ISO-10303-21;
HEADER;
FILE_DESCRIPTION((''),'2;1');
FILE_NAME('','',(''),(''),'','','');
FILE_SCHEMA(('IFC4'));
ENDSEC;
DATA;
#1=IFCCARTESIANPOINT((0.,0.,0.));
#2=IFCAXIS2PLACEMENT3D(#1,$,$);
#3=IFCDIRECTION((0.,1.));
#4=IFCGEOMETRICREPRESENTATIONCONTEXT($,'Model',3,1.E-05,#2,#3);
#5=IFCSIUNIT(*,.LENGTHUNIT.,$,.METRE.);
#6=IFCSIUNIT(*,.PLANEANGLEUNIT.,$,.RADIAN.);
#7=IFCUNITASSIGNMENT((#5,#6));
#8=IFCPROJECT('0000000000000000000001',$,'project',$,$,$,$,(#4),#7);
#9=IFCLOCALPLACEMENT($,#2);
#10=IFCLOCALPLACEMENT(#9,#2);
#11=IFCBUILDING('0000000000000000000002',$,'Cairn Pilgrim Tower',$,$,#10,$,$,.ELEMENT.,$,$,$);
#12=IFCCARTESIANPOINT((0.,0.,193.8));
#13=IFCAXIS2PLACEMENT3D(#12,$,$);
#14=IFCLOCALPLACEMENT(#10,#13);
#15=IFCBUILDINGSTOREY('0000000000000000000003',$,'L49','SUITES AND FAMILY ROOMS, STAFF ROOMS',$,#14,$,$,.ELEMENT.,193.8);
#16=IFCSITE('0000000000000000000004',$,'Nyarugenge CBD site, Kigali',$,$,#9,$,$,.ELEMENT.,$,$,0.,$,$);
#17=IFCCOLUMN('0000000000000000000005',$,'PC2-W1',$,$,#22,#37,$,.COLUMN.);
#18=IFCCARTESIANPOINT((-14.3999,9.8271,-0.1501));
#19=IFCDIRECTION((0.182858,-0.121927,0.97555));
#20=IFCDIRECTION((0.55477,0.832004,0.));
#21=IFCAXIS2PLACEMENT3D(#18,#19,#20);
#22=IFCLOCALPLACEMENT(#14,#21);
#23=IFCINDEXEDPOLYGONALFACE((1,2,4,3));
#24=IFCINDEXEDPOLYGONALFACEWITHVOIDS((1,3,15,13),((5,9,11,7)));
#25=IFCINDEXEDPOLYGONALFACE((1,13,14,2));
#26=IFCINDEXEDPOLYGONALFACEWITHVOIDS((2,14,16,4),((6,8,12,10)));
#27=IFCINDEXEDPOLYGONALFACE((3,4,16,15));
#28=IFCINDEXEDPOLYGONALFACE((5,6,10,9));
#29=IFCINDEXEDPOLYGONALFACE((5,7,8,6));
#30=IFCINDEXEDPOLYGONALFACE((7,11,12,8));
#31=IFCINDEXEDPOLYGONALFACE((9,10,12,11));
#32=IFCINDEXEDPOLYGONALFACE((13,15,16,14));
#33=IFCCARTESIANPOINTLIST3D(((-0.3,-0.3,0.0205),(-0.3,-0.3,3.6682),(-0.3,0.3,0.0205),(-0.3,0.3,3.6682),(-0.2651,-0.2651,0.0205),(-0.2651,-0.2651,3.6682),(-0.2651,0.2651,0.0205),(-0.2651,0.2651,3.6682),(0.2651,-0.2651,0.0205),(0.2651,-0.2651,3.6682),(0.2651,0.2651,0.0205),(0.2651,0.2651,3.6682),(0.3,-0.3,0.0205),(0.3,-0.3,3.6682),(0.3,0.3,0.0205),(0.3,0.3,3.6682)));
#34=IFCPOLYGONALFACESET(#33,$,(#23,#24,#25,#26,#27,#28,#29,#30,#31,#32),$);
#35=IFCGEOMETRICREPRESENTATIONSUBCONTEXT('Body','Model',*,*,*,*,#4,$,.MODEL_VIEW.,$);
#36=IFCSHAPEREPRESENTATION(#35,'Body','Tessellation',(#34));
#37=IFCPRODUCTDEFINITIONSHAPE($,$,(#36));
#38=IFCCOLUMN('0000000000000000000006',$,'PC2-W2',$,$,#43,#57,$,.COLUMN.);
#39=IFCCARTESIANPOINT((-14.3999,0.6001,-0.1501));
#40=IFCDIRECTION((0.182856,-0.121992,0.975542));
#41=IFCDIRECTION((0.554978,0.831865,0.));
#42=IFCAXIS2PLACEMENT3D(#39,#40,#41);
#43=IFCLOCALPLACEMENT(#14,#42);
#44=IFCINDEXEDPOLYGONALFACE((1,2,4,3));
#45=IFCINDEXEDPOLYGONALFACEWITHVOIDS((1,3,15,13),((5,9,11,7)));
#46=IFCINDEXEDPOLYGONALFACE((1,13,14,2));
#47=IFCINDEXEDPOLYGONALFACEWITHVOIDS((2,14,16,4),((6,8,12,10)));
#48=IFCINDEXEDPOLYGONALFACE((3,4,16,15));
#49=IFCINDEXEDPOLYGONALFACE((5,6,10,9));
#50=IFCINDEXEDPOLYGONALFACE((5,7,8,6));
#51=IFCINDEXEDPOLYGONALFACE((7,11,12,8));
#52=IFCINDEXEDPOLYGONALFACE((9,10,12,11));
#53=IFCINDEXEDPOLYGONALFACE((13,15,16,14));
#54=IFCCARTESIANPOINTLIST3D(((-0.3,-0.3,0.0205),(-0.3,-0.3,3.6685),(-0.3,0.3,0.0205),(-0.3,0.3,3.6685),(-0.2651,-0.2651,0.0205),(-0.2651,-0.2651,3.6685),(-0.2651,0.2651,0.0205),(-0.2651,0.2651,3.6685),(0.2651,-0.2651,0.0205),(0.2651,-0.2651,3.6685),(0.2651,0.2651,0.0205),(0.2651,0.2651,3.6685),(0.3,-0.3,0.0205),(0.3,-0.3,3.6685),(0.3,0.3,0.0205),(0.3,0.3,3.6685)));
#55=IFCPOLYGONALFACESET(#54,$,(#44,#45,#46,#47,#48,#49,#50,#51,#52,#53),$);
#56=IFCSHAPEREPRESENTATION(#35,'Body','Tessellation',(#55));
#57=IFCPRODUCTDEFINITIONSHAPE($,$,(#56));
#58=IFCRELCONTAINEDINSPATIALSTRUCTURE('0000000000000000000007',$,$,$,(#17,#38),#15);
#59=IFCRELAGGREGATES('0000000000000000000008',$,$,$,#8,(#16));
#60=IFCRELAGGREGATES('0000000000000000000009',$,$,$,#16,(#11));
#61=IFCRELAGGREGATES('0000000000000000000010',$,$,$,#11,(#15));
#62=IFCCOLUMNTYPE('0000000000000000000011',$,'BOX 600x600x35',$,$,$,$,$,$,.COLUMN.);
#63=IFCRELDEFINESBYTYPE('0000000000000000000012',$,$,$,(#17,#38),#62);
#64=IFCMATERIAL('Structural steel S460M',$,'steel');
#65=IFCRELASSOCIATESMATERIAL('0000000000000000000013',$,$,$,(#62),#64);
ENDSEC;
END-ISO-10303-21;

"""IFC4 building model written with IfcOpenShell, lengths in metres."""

from ifc_helpers import new_model, si_unit, direction, frame, origin, origin_2d, place, context, subcontext, project, spatial, hollow_rectangle, extrude, clip, halfspace, material, material_profile, profile_set, type_object, element, save


model = new_model("IFC4")

# Units and contexts
model_context = context("Model", 3, precision=1e-05, world=origin(), true_north=direction((0.0, 1.0)))
body_context = subcontext(model_context, "Body", "Model", "MODEL_VIEW")
ifc_project = project(units=[si_unit("LENGTHUNIT", "METRE"), si_unit("PLANEANGLEUNIT", "RADIAN")], contexts=[model_context])

# Site, building, storey
site_placement = place(None, origin())
site = spatial("IfcSite", under=ifc_project, at=site_placement, Name="Nyarugenge CBD site, Kigali", CompositionType="ELEMENT", RefElevation=0.0)
building_placement = place(site_placement, origin())
building = spatial("IfcBuilding", under=site, at=building_placement, Name="Cairn Pilgrim Tower", CompositionType="ELEMENT")
storey_placement = place(building_placement, frame((0.0, 0.0, 193.8)))
storey = spatial("IfcBuildingStorey", under=building, at=storey_placement, Name="L49", Description="SUITES AND FAMILY ROOMS, STAFF ROOMS", CompositionType="ELEMENT", Elevation=193.8)

# Columns
ifc_material_1 = material(Name="Structural steel S460M", Category="steel")
ifc_material_profile_1 = material_profile(ifc_material_1, hollow_rectangle(XDim=0.6001, YDim=0.6001, WallThickness=0.0349, at=origin_2d()), Name="BOX 600x600x35")
ifc_profile_set_1 = profile_set([ifc_material_profile_1], Name="Structural steel S460M")
column_type_1 = type_object("IfcColumnType", Name="BOX 600x600x35", PredefinedType="COLUMN", material=ifc_profile_set_1)
column_1_placement = place(storey_placement, frame((-14.3999, 9.8271, -0.1501), z_axis=(0.182858, -0.121927, 0.97555), x_axis=(0.55477, 0.832004, 0.0)))
element("IfcColumn", 1, at=column_1_placement, inside=storey, type_object=column_type_1, Name="PC2-W1", PredefinedType="COLUMN", context=body_context, shape_type="Clipping", body=[
    clip(clip(extrude(hollow_rectangle(XDim=0.6001, YDim=0.6001, WallThickness=0.0349, at=origin_2d()), origin(), (0.0, 0.0, 1.0), 3.6904), halfspace(frame((0.0, 0.0, 0.0205), z_axis=(0.0, 0.0, 1.0), x_axis=(1.0, 0.0, 0.0)), True)), halfspace(frame((0.0, 0.0, 3.6682), z_axis=(0.0, 0.0, 1.0), x_axis=(1.0, 0.0, 0.0)), False)),
])
column_2_placement = place(storey_placement, frame((-14.3999, 0.6001, -0.1501), z_axis=(0.182856, -0.121992, 0.975542), x_axis=(0.554978, 0.831865, 0.0)))
element("IfcColumn", 2, at=column_2_placement, inside=storey, type_object=column_type_1, Name="PC2-W2", PredefinedType="COLUMN", context=body_context, shape_type="Clipping", body=[
    clip(clip(extrude(hollow_rectangle(XDim=0.6001, YDim=0.6001, WallThickness=0.0349, at=origin_2d()), origin(), (0.0, 0.0, 1.0), 3.6904), halfspace(frame((0.0, 0.0, 0.0205), z_axis=(0.0, 0.0, 1.0), x_axis=(1.0, 0.0, 0.0)), True)), halfspace(frame((0.0, 0.0, 3.6685), z_axis=(0.0, 0.0, 1.0), x_axis=(1.0, 0.0, 0.0)), False)),
])

save(model, "model.ifc")
